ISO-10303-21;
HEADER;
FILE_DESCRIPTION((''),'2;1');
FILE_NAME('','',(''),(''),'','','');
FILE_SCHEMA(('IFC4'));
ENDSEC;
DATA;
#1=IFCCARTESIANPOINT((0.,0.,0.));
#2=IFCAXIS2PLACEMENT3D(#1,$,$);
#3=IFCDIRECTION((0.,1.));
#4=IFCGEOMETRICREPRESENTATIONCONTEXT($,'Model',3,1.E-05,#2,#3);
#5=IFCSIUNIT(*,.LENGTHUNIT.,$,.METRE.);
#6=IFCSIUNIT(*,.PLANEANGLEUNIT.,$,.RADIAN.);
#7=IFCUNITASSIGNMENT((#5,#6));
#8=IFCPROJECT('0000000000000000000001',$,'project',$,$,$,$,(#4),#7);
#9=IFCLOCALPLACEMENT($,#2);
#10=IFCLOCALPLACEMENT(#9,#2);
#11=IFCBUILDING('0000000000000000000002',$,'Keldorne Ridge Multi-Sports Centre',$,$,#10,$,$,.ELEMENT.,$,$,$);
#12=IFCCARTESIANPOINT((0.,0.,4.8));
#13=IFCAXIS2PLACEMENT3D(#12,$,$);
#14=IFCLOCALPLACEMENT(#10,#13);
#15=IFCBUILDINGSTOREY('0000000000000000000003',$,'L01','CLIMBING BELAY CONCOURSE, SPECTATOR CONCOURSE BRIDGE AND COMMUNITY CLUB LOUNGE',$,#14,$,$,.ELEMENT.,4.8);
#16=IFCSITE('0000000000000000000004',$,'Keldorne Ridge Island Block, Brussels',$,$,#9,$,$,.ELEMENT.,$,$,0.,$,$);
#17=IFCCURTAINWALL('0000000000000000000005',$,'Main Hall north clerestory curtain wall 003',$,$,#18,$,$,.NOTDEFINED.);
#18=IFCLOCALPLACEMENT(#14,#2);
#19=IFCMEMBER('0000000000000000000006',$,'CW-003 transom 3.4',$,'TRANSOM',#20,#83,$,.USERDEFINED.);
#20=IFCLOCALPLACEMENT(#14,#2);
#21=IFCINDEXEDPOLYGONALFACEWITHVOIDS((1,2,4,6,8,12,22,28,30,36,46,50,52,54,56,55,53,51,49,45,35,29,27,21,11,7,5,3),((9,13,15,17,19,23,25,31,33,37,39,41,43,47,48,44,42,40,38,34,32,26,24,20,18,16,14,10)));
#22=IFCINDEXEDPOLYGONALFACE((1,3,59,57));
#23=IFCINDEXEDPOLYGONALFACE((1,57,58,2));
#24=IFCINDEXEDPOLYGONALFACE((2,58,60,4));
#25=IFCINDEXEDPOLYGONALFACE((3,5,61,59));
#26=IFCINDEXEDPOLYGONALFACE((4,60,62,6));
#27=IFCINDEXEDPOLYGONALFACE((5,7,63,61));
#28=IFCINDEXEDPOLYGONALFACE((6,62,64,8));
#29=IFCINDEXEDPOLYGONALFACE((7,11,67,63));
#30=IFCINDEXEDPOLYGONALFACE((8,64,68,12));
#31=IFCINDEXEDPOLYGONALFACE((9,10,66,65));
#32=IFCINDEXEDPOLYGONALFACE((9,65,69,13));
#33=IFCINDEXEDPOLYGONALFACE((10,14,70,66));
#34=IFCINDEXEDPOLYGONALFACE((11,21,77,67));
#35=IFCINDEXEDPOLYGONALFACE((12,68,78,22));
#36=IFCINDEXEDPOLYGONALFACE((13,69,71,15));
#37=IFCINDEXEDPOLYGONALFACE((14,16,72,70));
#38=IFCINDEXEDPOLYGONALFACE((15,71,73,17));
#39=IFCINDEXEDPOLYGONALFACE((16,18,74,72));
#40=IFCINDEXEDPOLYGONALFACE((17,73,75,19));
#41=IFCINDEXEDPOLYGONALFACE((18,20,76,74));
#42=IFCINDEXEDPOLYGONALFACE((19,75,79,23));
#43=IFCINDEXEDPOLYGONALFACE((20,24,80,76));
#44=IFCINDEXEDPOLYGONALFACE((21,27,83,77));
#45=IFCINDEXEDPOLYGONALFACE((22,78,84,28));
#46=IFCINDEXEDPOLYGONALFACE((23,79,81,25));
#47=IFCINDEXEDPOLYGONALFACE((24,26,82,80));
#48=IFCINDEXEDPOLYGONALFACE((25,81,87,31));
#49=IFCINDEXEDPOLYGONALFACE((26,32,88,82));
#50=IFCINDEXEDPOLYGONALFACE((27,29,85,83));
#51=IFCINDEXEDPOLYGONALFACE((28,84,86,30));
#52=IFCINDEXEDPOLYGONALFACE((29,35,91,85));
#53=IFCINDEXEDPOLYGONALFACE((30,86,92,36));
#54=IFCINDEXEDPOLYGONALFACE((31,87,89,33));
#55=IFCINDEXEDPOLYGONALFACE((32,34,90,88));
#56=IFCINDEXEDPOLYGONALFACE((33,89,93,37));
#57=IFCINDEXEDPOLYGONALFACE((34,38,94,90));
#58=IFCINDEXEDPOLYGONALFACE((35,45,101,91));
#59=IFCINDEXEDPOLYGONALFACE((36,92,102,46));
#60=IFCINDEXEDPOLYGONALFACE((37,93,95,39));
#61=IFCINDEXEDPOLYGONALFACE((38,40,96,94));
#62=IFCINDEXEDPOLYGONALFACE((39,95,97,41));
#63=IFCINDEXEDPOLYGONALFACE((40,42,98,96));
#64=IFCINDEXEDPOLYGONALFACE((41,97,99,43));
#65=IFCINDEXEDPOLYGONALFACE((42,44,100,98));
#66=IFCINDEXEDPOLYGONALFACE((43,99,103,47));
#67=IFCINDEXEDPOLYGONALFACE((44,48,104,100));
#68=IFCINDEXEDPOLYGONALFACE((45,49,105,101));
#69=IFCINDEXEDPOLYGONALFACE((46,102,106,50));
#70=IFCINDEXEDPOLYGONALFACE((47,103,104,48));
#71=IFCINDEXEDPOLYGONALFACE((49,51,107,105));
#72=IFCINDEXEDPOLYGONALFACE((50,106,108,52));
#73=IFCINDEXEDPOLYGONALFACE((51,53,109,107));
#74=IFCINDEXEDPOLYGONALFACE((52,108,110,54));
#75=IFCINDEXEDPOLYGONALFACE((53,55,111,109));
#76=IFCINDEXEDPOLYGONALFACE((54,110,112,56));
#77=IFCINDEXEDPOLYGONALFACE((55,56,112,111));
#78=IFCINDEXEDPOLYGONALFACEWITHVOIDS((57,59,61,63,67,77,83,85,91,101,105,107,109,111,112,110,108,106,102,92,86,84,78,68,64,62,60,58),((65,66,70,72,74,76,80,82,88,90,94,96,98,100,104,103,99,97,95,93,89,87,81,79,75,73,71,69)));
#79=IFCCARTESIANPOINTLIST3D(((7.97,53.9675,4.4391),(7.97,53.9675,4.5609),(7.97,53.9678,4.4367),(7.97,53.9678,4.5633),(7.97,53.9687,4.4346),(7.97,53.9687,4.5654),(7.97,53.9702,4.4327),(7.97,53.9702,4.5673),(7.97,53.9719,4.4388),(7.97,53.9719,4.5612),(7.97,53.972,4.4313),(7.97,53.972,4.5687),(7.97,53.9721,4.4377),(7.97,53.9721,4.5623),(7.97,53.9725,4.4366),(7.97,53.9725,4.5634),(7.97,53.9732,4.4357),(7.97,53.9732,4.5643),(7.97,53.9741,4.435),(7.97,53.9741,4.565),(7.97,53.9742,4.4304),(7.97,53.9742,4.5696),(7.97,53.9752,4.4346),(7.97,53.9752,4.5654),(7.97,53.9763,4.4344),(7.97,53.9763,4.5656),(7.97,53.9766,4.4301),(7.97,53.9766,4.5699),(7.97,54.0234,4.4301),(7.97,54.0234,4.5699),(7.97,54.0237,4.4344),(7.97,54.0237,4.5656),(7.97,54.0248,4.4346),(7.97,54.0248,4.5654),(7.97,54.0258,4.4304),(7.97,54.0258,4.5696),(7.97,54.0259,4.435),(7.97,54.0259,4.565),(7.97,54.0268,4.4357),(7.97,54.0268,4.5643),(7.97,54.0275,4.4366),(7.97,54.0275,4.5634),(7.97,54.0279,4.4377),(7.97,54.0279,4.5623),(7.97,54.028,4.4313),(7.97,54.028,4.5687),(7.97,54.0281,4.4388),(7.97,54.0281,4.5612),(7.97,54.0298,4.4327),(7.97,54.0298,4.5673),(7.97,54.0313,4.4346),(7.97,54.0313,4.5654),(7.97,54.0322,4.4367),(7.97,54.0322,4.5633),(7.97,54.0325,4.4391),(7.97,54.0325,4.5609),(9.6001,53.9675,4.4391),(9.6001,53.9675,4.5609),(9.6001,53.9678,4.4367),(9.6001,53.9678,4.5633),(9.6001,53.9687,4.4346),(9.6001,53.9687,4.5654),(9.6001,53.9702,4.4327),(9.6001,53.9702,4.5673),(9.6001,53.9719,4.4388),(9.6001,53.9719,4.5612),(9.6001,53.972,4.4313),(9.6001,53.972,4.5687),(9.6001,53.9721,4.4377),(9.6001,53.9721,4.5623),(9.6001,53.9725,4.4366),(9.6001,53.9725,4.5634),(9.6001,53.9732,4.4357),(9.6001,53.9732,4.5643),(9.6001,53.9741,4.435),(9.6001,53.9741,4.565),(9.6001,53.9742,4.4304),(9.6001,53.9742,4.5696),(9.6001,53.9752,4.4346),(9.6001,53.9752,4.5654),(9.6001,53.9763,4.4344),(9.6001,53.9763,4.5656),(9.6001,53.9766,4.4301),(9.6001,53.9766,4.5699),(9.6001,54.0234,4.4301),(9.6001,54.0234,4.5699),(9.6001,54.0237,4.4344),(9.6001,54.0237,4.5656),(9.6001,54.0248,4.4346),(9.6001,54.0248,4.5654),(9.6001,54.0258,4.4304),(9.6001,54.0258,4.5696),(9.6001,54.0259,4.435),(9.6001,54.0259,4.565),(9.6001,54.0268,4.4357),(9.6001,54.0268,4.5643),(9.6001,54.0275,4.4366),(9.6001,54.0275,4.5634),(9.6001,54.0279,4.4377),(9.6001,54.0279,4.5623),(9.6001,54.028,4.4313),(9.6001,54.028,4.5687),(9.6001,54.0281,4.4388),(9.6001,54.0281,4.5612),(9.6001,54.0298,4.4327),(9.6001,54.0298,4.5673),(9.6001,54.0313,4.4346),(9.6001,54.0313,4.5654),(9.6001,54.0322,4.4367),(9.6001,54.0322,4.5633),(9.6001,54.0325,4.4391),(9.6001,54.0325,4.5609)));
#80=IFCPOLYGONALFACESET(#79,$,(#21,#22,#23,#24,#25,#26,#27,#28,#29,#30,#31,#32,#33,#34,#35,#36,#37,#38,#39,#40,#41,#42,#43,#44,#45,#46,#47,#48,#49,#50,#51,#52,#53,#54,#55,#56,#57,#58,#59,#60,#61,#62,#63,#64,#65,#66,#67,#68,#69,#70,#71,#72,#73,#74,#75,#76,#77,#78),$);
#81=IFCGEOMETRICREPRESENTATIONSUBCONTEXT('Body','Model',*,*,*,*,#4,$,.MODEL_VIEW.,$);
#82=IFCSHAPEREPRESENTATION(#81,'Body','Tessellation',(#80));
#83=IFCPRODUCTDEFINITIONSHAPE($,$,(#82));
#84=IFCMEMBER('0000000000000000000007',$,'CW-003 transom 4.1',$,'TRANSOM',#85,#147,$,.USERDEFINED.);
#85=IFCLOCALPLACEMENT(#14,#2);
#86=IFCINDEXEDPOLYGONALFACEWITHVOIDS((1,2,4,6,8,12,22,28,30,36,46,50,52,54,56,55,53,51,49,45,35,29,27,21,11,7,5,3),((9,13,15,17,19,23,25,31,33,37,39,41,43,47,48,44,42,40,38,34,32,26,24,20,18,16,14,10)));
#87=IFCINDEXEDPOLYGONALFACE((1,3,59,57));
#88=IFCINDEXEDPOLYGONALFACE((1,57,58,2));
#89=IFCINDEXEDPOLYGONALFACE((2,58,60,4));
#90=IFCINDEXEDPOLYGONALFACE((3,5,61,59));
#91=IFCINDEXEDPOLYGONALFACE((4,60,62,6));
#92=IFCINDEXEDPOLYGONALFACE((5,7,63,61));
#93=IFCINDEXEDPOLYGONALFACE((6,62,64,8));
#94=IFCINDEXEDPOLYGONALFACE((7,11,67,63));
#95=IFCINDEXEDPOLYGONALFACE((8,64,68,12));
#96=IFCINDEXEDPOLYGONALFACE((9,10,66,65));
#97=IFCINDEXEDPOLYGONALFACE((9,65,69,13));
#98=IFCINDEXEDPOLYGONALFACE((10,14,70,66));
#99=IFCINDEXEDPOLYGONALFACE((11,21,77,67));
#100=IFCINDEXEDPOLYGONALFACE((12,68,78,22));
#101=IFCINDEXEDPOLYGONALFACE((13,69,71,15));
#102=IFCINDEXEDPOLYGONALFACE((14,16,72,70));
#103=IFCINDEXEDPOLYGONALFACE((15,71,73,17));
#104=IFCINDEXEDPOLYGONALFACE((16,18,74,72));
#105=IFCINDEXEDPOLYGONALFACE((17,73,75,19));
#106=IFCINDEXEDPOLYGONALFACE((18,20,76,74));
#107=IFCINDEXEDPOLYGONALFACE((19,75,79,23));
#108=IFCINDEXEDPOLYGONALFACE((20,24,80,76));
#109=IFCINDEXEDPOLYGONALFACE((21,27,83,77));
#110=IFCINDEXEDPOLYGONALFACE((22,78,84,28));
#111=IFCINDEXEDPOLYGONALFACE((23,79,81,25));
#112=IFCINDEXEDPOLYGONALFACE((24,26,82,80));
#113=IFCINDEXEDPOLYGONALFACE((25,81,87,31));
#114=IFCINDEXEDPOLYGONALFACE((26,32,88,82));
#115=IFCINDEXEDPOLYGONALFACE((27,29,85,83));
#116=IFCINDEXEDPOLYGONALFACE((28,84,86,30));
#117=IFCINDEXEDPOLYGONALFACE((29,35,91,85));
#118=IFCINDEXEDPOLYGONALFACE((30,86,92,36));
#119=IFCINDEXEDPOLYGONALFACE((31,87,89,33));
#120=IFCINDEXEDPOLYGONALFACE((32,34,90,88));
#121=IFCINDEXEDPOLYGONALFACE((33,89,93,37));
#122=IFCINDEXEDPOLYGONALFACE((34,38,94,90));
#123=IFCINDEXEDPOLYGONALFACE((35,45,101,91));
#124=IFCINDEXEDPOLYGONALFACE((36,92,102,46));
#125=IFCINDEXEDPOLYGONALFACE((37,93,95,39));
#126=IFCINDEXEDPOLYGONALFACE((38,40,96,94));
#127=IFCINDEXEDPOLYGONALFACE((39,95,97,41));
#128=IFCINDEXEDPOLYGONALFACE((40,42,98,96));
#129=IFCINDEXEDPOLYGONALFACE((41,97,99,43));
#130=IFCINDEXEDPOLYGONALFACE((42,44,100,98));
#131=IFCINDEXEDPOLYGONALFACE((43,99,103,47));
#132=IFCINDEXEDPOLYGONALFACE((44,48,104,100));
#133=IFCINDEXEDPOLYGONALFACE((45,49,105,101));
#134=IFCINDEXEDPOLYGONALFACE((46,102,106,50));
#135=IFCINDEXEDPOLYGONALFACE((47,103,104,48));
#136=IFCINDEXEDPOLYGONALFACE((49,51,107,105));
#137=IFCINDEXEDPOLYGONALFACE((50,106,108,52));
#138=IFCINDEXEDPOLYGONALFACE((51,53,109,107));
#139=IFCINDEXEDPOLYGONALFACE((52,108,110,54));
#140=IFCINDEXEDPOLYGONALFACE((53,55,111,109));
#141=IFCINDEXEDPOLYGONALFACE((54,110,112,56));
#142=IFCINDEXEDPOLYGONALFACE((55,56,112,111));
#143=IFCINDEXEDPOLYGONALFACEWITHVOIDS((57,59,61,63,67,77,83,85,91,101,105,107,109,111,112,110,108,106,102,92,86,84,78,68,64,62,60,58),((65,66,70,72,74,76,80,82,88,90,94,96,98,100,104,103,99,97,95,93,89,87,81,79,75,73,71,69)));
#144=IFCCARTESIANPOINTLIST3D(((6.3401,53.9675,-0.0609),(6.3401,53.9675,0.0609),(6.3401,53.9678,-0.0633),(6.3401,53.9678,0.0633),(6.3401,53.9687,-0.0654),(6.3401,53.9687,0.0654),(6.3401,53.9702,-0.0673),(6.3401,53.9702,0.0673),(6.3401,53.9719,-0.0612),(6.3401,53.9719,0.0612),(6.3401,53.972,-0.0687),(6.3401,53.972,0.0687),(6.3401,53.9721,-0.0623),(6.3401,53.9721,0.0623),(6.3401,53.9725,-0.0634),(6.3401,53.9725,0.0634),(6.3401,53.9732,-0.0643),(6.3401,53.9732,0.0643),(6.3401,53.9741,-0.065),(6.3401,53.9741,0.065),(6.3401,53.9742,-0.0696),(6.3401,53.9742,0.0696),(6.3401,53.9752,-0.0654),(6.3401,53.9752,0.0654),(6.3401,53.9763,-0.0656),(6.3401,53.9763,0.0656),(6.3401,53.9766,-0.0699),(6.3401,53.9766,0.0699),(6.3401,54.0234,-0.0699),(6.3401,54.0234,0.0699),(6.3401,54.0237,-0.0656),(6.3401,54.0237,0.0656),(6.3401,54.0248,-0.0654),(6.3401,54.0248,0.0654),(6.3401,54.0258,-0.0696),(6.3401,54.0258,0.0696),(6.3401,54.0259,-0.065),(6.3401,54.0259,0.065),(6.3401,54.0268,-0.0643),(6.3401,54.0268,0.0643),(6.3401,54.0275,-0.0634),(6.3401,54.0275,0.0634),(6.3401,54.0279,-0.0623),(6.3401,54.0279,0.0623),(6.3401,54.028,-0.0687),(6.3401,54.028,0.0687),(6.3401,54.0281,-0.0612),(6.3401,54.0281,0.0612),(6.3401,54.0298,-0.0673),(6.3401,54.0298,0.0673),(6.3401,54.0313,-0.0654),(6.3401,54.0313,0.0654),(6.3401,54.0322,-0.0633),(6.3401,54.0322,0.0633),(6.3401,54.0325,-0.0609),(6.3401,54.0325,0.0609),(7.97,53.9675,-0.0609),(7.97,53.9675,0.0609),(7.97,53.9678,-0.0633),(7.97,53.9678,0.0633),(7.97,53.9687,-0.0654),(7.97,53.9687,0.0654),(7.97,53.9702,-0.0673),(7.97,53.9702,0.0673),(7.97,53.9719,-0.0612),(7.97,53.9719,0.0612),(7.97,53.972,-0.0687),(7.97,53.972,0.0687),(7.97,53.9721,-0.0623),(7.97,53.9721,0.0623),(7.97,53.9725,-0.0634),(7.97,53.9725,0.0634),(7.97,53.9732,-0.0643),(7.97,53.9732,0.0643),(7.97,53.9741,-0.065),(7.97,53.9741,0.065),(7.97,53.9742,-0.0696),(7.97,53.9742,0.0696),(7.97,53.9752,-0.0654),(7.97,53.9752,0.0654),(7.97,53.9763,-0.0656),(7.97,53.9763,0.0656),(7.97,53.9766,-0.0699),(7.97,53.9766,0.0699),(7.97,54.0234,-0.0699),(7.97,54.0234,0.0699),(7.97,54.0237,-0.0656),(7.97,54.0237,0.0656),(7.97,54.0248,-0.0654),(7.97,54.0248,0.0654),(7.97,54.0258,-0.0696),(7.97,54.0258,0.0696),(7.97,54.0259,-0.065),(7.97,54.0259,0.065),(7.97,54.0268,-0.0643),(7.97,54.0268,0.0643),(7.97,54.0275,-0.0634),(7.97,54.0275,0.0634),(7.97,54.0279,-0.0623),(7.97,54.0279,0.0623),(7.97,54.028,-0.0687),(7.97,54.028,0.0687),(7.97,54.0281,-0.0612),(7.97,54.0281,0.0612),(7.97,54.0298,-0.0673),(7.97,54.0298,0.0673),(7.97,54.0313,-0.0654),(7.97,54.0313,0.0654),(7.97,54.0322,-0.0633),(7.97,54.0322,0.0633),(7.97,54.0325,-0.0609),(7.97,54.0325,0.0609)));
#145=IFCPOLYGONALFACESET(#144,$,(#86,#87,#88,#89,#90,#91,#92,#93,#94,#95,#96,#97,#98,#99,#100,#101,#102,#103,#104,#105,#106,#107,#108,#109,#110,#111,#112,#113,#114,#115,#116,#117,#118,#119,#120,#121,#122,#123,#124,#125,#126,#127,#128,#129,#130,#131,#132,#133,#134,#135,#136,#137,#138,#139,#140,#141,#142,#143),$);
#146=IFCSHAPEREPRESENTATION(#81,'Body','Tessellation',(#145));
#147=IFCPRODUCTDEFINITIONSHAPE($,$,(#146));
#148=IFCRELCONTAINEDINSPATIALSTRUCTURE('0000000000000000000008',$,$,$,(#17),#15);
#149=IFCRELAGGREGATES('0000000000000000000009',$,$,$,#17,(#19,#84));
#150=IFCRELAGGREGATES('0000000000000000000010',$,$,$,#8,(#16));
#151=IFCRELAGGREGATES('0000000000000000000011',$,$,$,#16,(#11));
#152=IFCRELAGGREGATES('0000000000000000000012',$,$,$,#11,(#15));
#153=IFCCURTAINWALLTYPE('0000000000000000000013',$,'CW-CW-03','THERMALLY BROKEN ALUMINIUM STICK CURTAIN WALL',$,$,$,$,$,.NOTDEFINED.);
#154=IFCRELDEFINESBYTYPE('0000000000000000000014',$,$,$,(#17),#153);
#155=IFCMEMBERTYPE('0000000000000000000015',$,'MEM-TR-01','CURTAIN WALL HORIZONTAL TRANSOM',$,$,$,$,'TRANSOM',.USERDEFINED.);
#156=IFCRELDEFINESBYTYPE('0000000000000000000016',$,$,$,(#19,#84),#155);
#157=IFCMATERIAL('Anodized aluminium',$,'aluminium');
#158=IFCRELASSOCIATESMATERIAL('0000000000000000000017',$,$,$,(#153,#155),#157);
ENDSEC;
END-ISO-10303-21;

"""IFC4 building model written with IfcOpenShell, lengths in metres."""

from ifc_helpers import new_model, si_unit, direction, frame, origin, origin_2d, place, context, subcontext, project, spatial, hollow_rectangle, extrude, material, material_profile, profile_set, type_object, element, aggregate, save


model = new_model("IFC4")

# Units and contexts
model_context = context("Model", 3, precision=1e-05, world=origin(), true_north=direction((0.0, 1.0)))
body_context = subcontext(model_context, "Body", "Model", "MODEL_VIEW")
ifc_project = project(units=[si_unit("LENGTHUNIT", "METRE"), si_unit("PLANEANGLEUNIT", "RADIAN")], contexts=[model_context])

# Site, building, storey
site_placement = place(None, origin())
site = spatial("IfcSite", under=ifc_project, at=site_placement, Name="Keldorne Ridge Island Block, Brussels", CompositionType="ELEMENT", RefElevation=0.0)
building_placement = place(site_placement, origin())
building = spatial("IfcBuilding", under=site, at=building_placement, Name="Keldorne Ridge Multi-Sports Centre", CompositionType="ELEMENT")
storey_placement = place(building_placement, frame((0.0, 0.0, 4.8)))
storey = spatial("IfcBuildingStorey", under=building, at=storey_placement, Name="L01", Description="CLIMBING BELAY CONCOURSE, SPECTATOR CONCOURSE BRIDGE AND COMMUNITY CLUB LOUNGE", CompositionType="ELEMENT", Elevation=4.8)

# Curtain wall, members
ifc_material_1 = material(Name="Anodized aluminium", Category="aluminium")
curtain_wall_type = type_object("IfcCurtainWallType", Name="CW-CW-03", Description="THERMALLY BROKEN ALUMINIUM STICK CURTAIN WALL", PredefinedType="NOTDEFINED", material=ifc_material_1)
curtain_wall_placement = place(storey_placement, origin())
curtain_wall = element("IfcCurtainWall", 1, at=curtain_wall_placement, inside=storey, type_object=curtain_wall_type, Name="Main Hall north clerestory curtain wall 003", PredefinedType="NOTDEFINED")
ifc_material_profile_1 = material_profile(ifc_material_1, hollow_rectangle(XDim=0.0649, YDim=0.1399, WallThickness=0.0044, InnerFilletRadius=0.0044, OuterFilletRadius=0.009, at=origin_2d()), Name="ALU TRANSOM 140x65x4.5")
ifc_profile_set_1 = profile_set([ifc_material_profile_1], Name="Anodized aluminium")
member_type_1 = type_object("IfcMemberType", Name="MEM-TR-01", Description="CURTAIN WALL HORIZONTAL TRANSOM", ElementType="TRANSOM", PredefinedType="USERDEFINED", material=ifc_profile_set_1)
member_1_placement = place(storey_placement, frame((9.6001, 54.0, 4.5), z_axis=(-1.0, 0.0, 0.0), x_axis=(0.0, -1.0, 0.0)))
member_1 = element("IfcMember", 2, at=member_1_placement, type_object=member_type_1, Name="CW-003 transom 3.4", ObjectType="TRANSOM", PredefinedType="USERDEFINED", context=body_context, shape_type="SweptSolid", body=[
    extrude(hollow_rectangle(XDim=0.0649, YDim=0.1399, WallThickness=0.0044, InnerFilletRadius=0.0044, OuterFilletRadius=0.009, at=origin_2d()), origin(), (0.0, 0.0, 1.0), 1.6301),
])
member_2_placement = place(storey_placement, frame((7.97, 54.0, 0.0), z_axis=(-1.0, 0.0, 0.0), x_axis=(0.0, -1.0, 0.0)))
member_2 = element("IfcMember", 3, at=member_2_placement, type_object=member_type_1, Name="CW-003 transom 4.1", ObjectType="TRANSOM", PredefinedType="USERDEFINED", context=body_context, shape_type="SweptSolid", body=[
    extrude(hollow_rectangle(XDim=0.0649, YDim=0.1399, WallThickness=0.0044, InnerFilletRadius=0.0044, OuterFilletRadius=0.009, at=origin_2d()), origin(), (0.0, 0.0, 1.0), 1.6299),
])
aggregate(curtain_wall, [member_1, member_2])

save(model, "model.ifc")
